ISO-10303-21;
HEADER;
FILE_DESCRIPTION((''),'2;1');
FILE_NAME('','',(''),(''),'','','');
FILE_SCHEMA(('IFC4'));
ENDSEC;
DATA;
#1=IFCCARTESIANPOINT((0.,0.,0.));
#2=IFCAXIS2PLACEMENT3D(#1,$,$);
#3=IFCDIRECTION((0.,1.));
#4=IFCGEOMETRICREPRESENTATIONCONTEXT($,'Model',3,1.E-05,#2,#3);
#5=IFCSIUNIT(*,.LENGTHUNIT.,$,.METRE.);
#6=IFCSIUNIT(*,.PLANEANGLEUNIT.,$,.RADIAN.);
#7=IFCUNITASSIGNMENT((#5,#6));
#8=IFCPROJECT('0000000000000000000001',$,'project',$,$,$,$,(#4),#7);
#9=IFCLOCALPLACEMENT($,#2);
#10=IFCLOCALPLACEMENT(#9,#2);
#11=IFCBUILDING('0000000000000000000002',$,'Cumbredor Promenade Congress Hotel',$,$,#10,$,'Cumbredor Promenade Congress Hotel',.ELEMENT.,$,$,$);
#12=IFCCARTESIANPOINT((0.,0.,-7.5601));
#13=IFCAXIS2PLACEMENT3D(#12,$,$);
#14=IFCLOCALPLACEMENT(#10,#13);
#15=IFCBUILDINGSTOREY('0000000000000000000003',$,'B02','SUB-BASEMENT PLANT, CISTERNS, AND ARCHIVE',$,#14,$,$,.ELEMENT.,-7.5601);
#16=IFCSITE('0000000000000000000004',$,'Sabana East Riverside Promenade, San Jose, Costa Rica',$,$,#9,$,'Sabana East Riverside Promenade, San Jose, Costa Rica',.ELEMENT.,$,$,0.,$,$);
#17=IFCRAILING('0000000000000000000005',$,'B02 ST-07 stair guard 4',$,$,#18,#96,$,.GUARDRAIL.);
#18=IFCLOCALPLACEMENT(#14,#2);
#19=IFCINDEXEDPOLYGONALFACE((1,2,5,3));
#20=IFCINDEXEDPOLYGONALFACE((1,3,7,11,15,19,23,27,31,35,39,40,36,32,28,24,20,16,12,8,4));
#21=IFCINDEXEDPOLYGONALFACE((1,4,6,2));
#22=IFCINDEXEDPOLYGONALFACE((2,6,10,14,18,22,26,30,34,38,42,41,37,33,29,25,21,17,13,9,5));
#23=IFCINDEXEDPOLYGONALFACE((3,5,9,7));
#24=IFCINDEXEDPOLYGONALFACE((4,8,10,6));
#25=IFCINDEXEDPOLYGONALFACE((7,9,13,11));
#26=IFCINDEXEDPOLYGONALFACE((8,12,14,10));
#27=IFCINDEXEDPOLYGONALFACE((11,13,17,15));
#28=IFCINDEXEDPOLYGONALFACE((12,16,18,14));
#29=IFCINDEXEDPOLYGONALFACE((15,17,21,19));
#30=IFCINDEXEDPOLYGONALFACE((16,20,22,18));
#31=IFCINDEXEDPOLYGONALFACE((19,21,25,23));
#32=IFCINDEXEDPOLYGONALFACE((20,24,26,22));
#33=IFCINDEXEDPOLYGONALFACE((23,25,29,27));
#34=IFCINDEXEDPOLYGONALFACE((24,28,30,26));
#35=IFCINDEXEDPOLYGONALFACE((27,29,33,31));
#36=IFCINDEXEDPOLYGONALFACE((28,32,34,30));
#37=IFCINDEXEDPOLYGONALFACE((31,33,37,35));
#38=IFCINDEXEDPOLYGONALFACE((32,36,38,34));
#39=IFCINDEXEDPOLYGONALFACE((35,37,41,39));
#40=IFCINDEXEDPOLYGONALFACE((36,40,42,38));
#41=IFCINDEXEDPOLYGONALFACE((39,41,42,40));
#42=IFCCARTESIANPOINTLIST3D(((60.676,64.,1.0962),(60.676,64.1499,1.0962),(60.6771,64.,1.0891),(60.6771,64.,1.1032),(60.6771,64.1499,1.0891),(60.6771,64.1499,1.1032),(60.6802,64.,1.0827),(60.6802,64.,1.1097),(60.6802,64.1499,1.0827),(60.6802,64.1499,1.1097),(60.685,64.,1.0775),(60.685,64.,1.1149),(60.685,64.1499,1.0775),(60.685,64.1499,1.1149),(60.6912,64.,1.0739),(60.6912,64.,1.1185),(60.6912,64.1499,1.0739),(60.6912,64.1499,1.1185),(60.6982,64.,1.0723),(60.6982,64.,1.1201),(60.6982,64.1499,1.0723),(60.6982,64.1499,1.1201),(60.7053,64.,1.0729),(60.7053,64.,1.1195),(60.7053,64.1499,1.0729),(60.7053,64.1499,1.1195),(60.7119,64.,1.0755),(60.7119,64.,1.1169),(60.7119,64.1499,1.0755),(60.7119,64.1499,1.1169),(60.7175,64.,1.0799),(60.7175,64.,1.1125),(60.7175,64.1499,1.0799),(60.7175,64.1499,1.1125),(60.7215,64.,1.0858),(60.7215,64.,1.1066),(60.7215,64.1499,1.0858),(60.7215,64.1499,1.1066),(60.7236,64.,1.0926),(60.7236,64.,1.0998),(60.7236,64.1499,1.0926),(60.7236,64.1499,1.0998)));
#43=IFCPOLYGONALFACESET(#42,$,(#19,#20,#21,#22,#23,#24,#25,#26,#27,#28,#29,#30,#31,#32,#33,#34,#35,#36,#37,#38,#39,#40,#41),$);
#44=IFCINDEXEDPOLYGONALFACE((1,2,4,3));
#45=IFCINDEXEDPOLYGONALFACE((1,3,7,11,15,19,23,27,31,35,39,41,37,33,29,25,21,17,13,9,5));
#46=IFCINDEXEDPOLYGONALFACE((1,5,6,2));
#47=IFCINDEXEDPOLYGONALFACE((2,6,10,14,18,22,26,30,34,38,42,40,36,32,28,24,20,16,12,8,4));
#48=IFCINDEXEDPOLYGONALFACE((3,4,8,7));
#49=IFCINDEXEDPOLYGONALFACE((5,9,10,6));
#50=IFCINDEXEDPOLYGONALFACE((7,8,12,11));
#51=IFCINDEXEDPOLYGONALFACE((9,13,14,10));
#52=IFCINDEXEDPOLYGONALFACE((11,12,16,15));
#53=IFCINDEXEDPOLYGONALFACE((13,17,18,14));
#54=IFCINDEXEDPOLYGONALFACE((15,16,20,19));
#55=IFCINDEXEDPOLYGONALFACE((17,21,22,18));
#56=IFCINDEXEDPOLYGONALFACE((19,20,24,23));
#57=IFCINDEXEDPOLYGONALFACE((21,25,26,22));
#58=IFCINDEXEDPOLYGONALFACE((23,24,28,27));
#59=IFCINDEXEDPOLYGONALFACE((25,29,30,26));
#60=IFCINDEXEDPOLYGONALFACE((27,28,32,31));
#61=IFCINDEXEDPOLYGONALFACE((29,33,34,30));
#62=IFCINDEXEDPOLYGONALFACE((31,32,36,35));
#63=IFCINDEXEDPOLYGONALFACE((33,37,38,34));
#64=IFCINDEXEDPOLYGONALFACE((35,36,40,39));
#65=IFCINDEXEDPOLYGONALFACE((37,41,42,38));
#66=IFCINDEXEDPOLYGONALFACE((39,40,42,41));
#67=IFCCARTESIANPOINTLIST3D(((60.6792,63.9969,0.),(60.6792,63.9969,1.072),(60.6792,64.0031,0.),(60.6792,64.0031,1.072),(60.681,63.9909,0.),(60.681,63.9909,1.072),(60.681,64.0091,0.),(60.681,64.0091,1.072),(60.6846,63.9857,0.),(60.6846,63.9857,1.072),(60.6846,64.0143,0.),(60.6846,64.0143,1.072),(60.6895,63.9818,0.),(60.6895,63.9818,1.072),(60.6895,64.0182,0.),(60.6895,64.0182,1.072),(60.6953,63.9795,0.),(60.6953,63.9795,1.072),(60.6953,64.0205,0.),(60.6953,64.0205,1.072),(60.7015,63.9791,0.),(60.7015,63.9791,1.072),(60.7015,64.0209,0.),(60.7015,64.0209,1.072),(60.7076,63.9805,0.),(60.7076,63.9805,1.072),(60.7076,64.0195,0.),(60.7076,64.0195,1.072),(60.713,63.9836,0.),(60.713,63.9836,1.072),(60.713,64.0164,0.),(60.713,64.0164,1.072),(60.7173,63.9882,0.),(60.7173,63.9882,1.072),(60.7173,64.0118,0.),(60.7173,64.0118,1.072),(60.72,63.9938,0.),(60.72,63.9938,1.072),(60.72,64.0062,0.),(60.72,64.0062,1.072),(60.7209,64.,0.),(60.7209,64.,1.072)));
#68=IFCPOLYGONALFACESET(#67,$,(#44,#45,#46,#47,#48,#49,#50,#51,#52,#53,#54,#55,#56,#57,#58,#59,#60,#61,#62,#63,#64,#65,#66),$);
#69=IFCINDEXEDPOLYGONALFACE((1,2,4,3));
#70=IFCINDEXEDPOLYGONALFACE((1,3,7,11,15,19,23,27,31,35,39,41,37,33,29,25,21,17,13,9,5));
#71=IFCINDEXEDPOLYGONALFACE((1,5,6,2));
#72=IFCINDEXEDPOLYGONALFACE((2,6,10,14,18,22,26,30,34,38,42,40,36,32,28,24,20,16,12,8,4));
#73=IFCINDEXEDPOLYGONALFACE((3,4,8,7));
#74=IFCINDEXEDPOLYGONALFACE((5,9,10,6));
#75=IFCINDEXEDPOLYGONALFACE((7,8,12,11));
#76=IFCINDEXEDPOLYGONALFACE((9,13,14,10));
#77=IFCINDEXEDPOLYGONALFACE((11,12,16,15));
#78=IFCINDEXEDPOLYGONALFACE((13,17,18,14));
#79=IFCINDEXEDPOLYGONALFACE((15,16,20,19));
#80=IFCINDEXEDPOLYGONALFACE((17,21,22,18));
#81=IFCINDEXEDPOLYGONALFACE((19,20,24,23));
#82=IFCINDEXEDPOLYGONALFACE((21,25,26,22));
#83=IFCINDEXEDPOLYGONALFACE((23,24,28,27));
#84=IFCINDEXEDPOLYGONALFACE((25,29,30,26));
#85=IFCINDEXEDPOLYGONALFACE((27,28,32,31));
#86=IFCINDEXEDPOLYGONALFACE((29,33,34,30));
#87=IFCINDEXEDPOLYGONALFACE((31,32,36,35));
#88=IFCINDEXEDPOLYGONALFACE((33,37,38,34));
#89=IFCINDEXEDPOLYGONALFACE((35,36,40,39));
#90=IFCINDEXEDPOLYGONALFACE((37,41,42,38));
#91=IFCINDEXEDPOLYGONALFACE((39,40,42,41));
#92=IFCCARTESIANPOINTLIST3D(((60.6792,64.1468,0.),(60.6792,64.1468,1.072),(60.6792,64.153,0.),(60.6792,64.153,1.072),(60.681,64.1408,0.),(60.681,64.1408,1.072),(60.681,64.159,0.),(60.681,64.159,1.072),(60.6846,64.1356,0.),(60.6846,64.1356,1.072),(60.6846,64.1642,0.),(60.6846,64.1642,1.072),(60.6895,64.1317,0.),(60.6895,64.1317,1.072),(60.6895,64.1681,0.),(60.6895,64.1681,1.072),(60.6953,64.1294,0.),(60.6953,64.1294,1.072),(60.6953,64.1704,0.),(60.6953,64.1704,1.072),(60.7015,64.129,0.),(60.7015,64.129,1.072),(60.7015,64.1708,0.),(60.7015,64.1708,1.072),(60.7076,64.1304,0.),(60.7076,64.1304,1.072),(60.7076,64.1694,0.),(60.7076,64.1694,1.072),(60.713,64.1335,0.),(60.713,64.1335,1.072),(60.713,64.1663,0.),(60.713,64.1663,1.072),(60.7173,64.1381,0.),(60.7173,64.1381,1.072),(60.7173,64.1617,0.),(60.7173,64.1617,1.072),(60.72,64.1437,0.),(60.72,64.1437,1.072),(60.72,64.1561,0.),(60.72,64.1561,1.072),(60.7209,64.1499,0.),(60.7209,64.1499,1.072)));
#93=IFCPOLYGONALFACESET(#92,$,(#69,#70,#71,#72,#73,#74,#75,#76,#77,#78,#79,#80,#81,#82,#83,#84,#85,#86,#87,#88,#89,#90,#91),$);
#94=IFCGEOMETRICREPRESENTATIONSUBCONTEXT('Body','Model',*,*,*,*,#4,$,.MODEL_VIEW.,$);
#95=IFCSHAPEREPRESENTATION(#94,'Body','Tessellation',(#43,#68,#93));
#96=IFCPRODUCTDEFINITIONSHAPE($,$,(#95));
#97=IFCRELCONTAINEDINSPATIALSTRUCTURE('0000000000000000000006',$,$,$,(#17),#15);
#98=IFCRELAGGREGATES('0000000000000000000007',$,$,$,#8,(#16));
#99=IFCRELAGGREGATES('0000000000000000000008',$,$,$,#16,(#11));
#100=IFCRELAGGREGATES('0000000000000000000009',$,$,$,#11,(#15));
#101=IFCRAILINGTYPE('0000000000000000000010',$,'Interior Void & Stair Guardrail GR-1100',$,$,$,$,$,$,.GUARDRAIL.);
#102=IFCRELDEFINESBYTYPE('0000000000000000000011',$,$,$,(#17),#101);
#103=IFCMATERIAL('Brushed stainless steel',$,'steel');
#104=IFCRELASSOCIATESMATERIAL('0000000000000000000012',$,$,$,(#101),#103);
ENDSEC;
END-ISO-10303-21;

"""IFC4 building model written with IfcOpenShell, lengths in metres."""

from ifc_helpers import new_model, si_unit, direction, frame, origin, origin_2d, place, context, subcontext, project, spatial, circle, extrude, material, type_object, element, save


model = new_model("IFC4")

# Units and contexts
model_context = context("Model", 3, precision=1e-05, world=origin(), true_north=direction((0.0, 1.0)))
body_context = subcontext(model_context, "Body", "Model", "MODEL_VIEW")
ifc_project = project(units=[si_unit("LENGTHUNIT", "METRE"), si_unit("PLANEANGLEUNIT", "RADIAN")], contexts=[model_context])

# Site, building, storey
site_placement = place(None, origin())
site = spatial("IfcSite", under=ifc_project, at=site_placement, Name="Sabana East Riverside Promenade, San Jose, Costa Rica", LongName="Sabana East Riverside Promenade, San Jose, Costa Rica", CompositionType="ELEMENT", RefElevation=0.0)
building_placement = place(site_placement, origin())
building = spatial("IfcBuilding", under=site, at=building_placement, Name="Cumbredor Promenade Congress Hotel", LongName="Cumbredor Promenade Congress Hotel", CompositionType="ELEMENT")
storey_placement = place(building_placement, frame((0.0, 0.0, -7.5601)))
storey = spatial("IfcBuildingStorey", under=building, at=storey_placement, Name="B02", Description="SUB-BASEMENT PLANT, CISTERNS, AND ARCHIVE", CompositionType="ELEMENT", Elevation=-7.5601)

# Railing
ifc_material_1 = material(Name="Brushed stainless steel", Category="steel")
railing_type_1 = type_object("IfcRailingType", Name="Interior Void & Stair Guardrail GR-1100", PredefinedType="GUARDRAIL", material=ifc_material_1)
railing_1_placement = place(storey_placement, frame((60.7, 64.0, 0.0)))
element("IfcRailing", 1, at=railing_1_placement, inside=storey, type_object=railing_type_1, Name="B02 ST-07 stair guard 4", PredefinedType="GUARDRAIL", context=body_context, shape_type="SweptSolid", body=[
    extrude(circle(Radius=0.0239, at=origin_2d()), frame((0.0, 0.0, 1.0962), z_axis=(0.0, 1.0, 0.0), x_axis=(-1.0, 0.0, 0.0)), (0.0, 0.0, 1.0), 0.1499),
    extrude(circle(Radius=0.021, at=origin_2d()), origin(), (0.0, 0.0, 1.0), 1.072),
    extrude(circle(Radius=0.021, at=origin_2d()), frame((0.0, 0.1499, 0.0)), (0.0, 0.0, 1.0), 1.072),
])

save(model, "model.ifc")
